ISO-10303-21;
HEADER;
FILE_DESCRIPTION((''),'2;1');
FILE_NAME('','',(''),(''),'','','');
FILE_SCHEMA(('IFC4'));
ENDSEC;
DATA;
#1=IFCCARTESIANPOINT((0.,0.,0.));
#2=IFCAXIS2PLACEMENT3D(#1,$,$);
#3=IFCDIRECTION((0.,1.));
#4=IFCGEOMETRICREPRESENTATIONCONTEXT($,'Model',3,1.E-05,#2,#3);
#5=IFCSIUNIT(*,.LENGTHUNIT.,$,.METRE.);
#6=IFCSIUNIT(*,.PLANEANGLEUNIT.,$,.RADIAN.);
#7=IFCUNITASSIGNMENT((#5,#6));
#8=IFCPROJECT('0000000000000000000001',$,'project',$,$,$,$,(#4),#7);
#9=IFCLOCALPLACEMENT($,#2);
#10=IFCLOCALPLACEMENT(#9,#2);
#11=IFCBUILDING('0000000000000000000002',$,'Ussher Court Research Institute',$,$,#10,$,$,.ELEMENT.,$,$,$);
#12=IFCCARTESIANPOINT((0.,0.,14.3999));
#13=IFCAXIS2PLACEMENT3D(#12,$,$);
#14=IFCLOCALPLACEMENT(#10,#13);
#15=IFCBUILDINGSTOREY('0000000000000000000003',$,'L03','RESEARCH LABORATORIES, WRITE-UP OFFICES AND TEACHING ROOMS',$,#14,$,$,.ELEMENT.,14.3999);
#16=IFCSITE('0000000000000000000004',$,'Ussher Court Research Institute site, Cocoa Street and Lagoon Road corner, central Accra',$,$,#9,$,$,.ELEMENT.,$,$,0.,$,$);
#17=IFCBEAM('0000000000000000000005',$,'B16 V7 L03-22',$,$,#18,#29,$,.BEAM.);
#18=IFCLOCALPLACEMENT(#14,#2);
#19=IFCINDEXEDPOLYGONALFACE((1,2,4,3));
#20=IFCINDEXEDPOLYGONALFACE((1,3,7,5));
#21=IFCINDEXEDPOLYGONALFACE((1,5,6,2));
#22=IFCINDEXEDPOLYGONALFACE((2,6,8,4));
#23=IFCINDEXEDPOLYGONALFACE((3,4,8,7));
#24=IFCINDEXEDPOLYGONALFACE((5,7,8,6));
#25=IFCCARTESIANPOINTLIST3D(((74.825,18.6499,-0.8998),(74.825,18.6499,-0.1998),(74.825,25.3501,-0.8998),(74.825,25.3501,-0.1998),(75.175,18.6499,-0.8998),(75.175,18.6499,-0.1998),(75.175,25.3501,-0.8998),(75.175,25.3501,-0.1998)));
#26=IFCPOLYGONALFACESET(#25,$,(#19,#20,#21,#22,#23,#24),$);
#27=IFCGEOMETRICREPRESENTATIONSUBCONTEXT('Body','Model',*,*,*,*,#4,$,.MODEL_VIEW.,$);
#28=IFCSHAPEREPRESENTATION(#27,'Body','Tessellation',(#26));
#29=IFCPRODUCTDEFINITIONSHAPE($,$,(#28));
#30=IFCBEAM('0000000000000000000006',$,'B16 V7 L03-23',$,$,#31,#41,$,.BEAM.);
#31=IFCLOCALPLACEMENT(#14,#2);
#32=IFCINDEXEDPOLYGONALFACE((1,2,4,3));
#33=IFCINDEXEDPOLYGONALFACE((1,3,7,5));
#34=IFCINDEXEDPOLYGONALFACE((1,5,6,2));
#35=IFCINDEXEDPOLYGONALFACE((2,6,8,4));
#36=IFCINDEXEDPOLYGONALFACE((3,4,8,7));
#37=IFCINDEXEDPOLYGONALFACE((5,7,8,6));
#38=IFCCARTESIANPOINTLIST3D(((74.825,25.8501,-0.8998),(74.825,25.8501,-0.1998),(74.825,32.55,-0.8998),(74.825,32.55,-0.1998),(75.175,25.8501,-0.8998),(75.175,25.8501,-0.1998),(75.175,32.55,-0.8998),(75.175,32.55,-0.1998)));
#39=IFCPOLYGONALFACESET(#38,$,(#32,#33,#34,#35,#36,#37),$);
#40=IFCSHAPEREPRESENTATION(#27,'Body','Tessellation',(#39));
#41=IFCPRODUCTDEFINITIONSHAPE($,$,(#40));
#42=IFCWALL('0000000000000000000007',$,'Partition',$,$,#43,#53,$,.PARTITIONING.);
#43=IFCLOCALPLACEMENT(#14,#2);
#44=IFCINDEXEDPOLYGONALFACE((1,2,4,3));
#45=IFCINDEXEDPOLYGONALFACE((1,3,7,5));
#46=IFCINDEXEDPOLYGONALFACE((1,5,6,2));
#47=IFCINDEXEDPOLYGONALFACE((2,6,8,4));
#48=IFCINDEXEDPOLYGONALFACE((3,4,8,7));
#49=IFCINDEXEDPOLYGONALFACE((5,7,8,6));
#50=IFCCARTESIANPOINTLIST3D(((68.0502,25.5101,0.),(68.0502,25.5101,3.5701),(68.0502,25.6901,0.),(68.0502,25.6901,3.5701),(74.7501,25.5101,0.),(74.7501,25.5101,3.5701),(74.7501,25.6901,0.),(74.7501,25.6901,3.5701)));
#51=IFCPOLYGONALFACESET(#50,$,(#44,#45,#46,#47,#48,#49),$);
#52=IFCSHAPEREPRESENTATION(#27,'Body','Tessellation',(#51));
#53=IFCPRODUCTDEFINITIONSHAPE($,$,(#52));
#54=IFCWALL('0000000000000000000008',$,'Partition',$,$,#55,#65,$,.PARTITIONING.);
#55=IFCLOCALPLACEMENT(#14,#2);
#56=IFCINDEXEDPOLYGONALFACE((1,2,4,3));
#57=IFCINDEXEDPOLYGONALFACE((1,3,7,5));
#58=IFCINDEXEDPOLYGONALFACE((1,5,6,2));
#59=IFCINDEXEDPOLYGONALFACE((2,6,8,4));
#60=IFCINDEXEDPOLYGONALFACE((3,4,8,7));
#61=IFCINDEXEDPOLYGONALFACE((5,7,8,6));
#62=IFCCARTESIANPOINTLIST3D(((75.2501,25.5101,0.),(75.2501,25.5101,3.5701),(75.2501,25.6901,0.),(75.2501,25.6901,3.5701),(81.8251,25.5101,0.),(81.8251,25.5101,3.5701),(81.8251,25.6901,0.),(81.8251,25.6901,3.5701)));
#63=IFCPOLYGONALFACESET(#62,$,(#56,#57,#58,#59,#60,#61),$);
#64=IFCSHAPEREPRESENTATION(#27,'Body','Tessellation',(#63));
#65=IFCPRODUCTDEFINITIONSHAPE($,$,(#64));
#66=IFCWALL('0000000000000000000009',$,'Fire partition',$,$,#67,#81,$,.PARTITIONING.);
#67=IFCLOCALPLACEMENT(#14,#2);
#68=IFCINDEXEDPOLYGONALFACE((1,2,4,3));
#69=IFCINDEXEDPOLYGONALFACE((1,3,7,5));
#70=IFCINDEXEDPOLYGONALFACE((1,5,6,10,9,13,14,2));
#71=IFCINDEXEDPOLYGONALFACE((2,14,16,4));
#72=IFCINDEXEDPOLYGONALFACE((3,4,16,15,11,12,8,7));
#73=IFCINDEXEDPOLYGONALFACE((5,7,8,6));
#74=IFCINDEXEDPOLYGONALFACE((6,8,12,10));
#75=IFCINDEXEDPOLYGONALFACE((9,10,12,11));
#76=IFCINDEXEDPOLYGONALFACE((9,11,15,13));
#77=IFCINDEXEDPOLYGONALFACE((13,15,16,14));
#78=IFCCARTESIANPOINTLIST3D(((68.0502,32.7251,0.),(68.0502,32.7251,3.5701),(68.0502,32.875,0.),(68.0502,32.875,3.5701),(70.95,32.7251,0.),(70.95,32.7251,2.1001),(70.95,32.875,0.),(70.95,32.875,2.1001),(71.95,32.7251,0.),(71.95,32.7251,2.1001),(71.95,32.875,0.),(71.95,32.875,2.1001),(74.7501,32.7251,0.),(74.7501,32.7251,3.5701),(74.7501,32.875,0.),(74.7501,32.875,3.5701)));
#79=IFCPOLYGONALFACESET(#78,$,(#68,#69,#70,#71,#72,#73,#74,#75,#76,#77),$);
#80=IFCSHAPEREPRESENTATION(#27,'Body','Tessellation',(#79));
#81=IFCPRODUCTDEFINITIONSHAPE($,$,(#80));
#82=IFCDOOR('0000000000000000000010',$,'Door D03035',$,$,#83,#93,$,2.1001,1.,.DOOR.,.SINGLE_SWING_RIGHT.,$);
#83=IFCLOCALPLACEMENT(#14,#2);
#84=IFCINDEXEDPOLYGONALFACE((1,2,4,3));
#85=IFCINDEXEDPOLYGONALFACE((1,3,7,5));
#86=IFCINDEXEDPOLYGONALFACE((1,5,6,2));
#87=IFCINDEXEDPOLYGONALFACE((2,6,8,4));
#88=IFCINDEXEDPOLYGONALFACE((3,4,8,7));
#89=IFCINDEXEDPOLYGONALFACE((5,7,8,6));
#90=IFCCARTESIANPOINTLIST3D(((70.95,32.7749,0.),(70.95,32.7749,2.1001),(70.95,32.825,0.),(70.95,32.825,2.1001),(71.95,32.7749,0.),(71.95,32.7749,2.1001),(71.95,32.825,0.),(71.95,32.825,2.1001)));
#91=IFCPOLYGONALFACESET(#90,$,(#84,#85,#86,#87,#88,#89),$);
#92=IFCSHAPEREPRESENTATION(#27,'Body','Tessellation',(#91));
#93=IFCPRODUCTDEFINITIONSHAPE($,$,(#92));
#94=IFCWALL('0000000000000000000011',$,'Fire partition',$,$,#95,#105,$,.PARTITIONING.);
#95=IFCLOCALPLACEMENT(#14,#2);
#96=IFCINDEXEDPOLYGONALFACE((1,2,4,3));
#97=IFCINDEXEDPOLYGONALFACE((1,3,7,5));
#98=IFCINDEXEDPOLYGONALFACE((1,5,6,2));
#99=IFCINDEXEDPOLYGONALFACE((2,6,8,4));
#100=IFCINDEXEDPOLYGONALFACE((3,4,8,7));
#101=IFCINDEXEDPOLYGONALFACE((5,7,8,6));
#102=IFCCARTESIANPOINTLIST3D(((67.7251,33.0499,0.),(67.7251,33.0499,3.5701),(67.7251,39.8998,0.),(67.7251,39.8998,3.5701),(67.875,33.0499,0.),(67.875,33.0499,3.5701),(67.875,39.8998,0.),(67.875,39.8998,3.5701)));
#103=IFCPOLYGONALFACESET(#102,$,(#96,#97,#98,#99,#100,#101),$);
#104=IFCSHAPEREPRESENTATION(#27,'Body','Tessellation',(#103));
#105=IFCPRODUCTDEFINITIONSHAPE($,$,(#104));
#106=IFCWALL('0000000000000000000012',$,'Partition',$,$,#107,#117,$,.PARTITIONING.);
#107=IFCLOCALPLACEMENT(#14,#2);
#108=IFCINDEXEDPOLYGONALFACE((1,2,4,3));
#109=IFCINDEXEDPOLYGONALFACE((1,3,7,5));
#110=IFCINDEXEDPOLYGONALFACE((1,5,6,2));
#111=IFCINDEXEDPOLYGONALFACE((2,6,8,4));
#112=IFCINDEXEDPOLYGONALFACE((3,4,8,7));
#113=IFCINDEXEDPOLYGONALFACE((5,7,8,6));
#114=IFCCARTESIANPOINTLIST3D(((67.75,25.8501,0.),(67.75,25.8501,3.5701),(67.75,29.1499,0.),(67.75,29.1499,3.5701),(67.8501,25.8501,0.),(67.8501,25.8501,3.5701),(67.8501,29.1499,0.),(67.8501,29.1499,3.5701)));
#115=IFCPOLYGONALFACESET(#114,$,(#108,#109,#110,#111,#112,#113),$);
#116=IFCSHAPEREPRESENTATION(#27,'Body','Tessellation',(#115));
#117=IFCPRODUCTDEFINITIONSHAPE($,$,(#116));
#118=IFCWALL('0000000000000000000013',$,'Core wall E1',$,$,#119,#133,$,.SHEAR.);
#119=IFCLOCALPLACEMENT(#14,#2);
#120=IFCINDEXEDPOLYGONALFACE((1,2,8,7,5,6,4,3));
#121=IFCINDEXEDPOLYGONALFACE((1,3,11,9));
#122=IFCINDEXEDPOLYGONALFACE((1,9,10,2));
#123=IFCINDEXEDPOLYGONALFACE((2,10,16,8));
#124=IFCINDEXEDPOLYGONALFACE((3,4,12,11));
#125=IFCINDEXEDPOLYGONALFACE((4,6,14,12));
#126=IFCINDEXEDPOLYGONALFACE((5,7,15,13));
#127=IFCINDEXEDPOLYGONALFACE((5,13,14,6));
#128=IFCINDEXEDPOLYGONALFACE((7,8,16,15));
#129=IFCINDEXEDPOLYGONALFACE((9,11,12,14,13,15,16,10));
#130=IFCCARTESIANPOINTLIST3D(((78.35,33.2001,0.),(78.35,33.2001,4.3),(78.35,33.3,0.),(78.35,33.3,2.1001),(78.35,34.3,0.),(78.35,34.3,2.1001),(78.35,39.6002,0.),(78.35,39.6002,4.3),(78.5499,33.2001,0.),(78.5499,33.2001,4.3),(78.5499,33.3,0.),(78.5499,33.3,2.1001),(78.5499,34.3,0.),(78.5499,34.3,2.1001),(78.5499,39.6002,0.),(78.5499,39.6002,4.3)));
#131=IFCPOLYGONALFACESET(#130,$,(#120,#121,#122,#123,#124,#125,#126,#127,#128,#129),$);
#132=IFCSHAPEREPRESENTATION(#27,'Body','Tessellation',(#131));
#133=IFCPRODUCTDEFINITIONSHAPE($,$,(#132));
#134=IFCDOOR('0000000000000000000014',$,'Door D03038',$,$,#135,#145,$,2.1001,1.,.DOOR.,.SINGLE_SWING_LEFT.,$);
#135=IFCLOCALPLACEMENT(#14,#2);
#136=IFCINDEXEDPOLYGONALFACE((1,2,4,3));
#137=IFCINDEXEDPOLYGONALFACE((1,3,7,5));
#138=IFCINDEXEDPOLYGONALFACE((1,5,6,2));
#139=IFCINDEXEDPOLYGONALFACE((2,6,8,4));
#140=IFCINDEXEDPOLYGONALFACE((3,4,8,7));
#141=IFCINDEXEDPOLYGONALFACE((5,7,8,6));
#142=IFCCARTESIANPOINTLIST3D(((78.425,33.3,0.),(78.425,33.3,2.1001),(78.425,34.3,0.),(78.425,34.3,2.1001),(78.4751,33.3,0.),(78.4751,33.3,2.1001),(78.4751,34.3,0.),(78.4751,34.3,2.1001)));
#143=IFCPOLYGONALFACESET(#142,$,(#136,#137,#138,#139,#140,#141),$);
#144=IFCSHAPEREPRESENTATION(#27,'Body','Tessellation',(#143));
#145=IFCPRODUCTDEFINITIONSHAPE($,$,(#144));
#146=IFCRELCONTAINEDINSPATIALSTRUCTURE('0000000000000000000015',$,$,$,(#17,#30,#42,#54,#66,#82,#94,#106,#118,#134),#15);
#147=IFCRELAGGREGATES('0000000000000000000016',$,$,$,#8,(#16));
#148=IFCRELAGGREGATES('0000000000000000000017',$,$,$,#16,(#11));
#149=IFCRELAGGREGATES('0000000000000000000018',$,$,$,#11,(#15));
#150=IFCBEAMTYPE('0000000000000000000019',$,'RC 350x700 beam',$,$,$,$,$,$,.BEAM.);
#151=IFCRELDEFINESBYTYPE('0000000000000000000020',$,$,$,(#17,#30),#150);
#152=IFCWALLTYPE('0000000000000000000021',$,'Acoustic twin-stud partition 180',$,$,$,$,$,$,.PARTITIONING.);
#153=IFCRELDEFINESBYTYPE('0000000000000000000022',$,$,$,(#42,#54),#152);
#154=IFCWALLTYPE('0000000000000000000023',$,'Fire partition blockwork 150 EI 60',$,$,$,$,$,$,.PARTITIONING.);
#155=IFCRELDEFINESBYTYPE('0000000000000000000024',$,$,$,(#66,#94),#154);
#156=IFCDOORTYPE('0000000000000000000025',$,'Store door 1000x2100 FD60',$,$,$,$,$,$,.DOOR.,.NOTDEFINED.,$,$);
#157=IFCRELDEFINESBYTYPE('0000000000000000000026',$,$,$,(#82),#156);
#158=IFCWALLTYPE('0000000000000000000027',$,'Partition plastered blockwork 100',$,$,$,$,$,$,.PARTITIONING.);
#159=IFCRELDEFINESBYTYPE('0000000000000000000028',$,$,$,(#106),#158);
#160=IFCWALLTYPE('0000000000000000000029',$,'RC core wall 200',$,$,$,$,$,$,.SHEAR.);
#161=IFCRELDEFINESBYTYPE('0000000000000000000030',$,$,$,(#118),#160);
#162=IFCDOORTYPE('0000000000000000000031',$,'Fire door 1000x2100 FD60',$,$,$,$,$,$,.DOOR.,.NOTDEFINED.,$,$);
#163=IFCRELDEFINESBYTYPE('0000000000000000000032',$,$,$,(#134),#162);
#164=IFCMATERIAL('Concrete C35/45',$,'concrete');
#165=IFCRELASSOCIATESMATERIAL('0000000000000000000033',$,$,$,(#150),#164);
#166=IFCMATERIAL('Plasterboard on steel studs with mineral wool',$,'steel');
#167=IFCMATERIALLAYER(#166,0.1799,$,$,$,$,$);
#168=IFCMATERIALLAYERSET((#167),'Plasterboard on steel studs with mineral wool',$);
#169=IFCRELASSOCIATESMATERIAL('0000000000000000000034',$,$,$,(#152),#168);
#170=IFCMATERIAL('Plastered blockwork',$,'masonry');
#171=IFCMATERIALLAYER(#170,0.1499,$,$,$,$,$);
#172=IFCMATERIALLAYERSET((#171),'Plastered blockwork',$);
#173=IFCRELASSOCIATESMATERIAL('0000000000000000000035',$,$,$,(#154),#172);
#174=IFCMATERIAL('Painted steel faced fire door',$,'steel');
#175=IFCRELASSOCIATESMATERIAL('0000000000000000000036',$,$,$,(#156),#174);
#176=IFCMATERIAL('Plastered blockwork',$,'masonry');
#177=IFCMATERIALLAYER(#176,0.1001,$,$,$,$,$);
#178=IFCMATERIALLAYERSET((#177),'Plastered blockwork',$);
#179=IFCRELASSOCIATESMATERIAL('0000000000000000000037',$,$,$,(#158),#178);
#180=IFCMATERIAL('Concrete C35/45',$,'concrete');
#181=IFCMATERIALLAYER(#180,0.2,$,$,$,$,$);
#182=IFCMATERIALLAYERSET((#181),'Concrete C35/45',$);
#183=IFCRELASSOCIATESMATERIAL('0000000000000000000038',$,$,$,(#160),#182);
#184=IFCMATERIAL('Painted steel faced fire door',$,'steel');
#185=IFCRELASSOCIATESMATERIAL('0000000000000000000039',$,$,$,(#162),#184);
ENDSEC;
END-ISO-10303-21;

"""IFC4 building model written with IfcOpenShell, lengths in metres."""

from ifc_helpers import new_model, si_unit, direction, frame, frame_2d, origin, origin_2d, place, context, subcontext, project, spatial, rectangle, extrude, material, layer, layer_set, material_profile, profile_set, type_object, element, fill, save


model = new_model("IFC4")

# Units and contexts
model_context = context("Model", 3, precision=1e-05, world=origin(), true_north=direction((0.0, 1.0)))
body_context = subcontext(model_context, "Body", "Model", "MODEL_VIEW")
ifc_project = project(units=[si_unit("LENGTHUNIT", "METRE"), si_unit("PLANEANGLEUNIT", "RADIAN")], contexts=[model_context])

# Site, building, storey
site_placement = place(None, origin())
site = spatial("IfcSite", under=ifc_project, at=site_placement, Name="Ussher Court Research Institute site, Cocoa Street and Lagoon Road corner, central Accra", CompositionType="ELEMENT", RefElevation=0.0)
building_placement = place(site_placement, origin())
building = spatial("IfcBuilding", under=site, at=building_placement, Name="Ussher Court Research Institute", CompositionType="ELEMENT")
storey_placement = place(building_placement, frame((0.0, 0.0, 14.3999)))
storey = spatial("IfcBuildingStorey", under=building, at=storey_placement, Name="L03", Description="RESEARCH LABORATORIES, WRITE-UP OFFICES AND TEACHING ROOMS", CompositionType="ELEMENT", Elevation=14.3999)

# Beams
ifc_material_1 = material(Name="Concrete C35/45", Category="concrete")
ifc_material_profile_1 = material_profile(ifc_material_1, rectangle(XDim=0.3501, YDim=0.7, at=origin_2d()), Name="RC 350x700")
ifc_profile_set_1 = profile_set([ifc_material_profile_1], Name="Concrete C35/45")
beam_type_1 = type_object("IfcBeamType", Name="RC 350x700 beam", PredefinedType="BEAM", material=ifc_profile_set_1)
beam_1_placement = place(storey_placement, frame((75.0, 18.6499, -0.5498), z_axis=(0.0, 1.0, 0.0), x_axis=(-1.0, 0.0, 0.0)))
element("IfcBeam", 1, at=beam_1_placement, inside=storey, type_object=beam_type_1, Name="B16 V7 L03-22", PredefinedType="BEAM", context=body_context, shape_type="SweptSolid", body=[
    extrude(rectangle(XDim=0.3501, YDim=0.7, at=origin_2d()), origin(), (0.0, 0.0, 1.0), 6.7002),
])
beam_2_placement = place(storey_placement, frame((75.0, 25.8501, -0.5498), z_axis=(0.0, 1.0, 0.0), x_axis=(-1.0, 0.0, 0.0)))
element("IfcBeam", 2, at=beam_2_placement, inside=storey, type_object=beam_type_1, Name="B16 V7 L03-23", PredefinedType="BEAM", context=body_context, shape_type="SweptSolid", body=[
    extrude(rectangle(XDim=0.3501, YDim=0.7, at=origin_2d()), origin(), (0.0, 0.0, 1.0), 6.7),
])

# Walls
ifc_material_2 = material(Name="Plasterboard on steel studs with mineral wool", Category="steel")
ifc_layer_1 = layer(ifc_material_2, 0.1799)
ifc_layer_set_1 = layer_set([ifc_layer_1], Name="Plasterboard on steel studs with mineral wool")
wall_type_1 = type_object("IfcWallType", Name="Acoustic twin-stud partition 180", PredefinedType="PARTITIONING", material=ifc_layer_set_1)
wall_1_placement = place(storey_placement, frame((68.05, 25.6001, 0.0), z_axis=(0.0, 0.0, 1.0), x_axis=(1.0, 0.0, 0.0)))
element("IfcWall", 3, at=wall_1_placement, inside=storey, type_object=wall_type_1, Name="Partition", PredefinedType="PARTITIONING", context=body_context, shape_type="SweptSolid", body=[
    extrude(rectangle(XDim=6.7, YDim=0.1799, at=frame_2d((3.3501, 0.0))), origin(), (0.0, 0.0, 1.0), 3.5701),
])
wall_2_placement = place(storey_placement, frame((75.25, 25.6001, 0.0), z_axis=(0.0, 0.0, 1.0), x_axis=(1.0, 0.0, 0.0)))
element("IfcWall", 4, at=wall_2_placement, inside=storey, type_object=wall_type_1, Name="Partition", PredefinedType="PARTITIONING", context=body_context, shape_type="SweptSolid", body=[
    extrude(rectangle(XDim=6.575, YDim=0.1799, at=frame_2d((3.2876, 0.0))), origin(), (0.0, 0.0, 1.0), 3.5701),
])

# Wall, opening, door
ifc_material_3 = material(Name="Plastered blockwork", Category="masonry")
ifc_layer_2 = layer(ifc_material_3, 0.1499)
ifc_layer_set_2 = layer_set([ifc_layer_2], Name="Plastered blockwork")
wall_type_2 = type_object("IfcWallType", Name="Fire partition blockwork 150 EI 60", PredefinedType="PARTITIONING", material=ifc_layer_set_2)
wall_3_placement = place(storey_placement, frame((68.05, 32.8, 0.0), z_axis=(0.0, 0.0, 1.0), x_axis=(1.0, 0.0, 0.0)))
wall_3 = element("IfcWall", 5, at=wall_3_placement, inside=storey, type_object=wall_type_2, Name="Fire partition", PredefinedType="PARTITIONING", context=body_context, shape_type="SweptSolid", body=[
    extrude(rectangle(XDim=6.7, YDim=0.1499, at=frame_2d((3.3501, 0.0))), origin(), (0.0, 0.0, 1.0), 3.5701),
])
opening_1_placement = place(wall_3_placement, frame((2.8999, 0.0, 0.0)))
opening_1 = element("IfcOpeningElement", 6, at=opening_1_placement, cuts=wall_3, PredefinedType="OPENING", context=body_context, shape_type="SweptSolid", body=[
    extrude(rectangle(XDim=1.0, YDim=2.1001, at=frame_2d((0.5, 1.05))), frame((0.0, 0.085, 0.0), z_axis=(0.0, -1.0, 0.0), x_axis=(1.0, 0.0, 0.0)), (0.0, 0.0, 1.0), 0.1699),
])
ifc_material_4 = material(Name="Painted steel faced fire door", Category="steel")
door_type_1 = type_object("IfcDoorType", Name="Store door 1000x2100 FD60", OperationType="NOTDEFINED", PredefinedType="DOOR", material=ifc_material_4)
door_1_placement = place(opening_1_placement, origin())
door_1 = element("IfcDoor", 7, at=door_1_placement, inside=storey, type_object=door_type_1, Name="Door D03035", OperationType="SINGLE_SWING_RIGHT", OverallHeight=2.1001, OverallWidth=1.0, PredefinedType="DOOR", context=body_context, shape_type="SweptSolid", body=[
    extrude(rectangle(XDim=1.0, YDim=2.1001, at=frame_2d((0.5, 1.05))), frame((0.0, 0.0249, 0.0), z_axis=(0.0, -1.0, 0.0), x_axis=(1.0, 0.0, 0.0)), (0.0, 0.0, 1.0), 0.05),
])
fill(opening_1, door_1)

# Walls
wall_4_placement = place(storey_placement, frame((67.8, 33.05, 0.0), z_axis=(0.0, 0.0, 1.0), x_axis=(0.0, 1.0, 0.0)))
element("IfcWall", 8, at=wall_4_placement, inside=storey, type_object=wall_type_2, Name="Fire partition", PredefinedType="PARTITIONING", context=body_context, shape_type="SweptSolid", body=[
    extrude(rectangle(XDim=6.8499, YDim=0.1499, at=frame_2d((3.4248, 0.0))), origin(), (0.0, 0.0, 1.0), 3.5701),
])
ifc_material_5 = material(Name="Plastered blockwork", Category="masonry")
ifc_layer_3 = layer(ifc_material_5, 0.1001)
ifc_layer_set_3 = layer_set([ifc_layer_3], Name="Plastered blockwork")
wall_type_3 = type_object("IfcWallType", Name="Partition plastered blockwork 100", PredefinedType="PARTITIONING", material=ifc_layer_set_3)
wall_5_placement = place(storey_placement, frame((67.8, 25.8501, 0.0), z_axis=(0.0, 0.0, 1.0), x_axis=(0.0, 1.0, 0.0)))
element("IfcWall", 9, at=wall_5_placement, inside=storey, type_object=wall_type_3, Name="Partition", PredefinedType="PARTITIONING", context=body_context, shape_type="SweptSolid", body=[
    extrude(rectangle(XDim=3.2998, YDim=0.1001, at=frame_2d((1.6499, 0.0))), origin(), (0.0, 0.0, 1.0), 3.5701),
])

# Wall, opening, door
ifc_material_6 = material(Name="Concrete C35/45", Category="concrete")
ifc_layer_4 = layer(ifc_material_6, 0.2)
ifc_layer_set_4 = layer_set([ifc_layer_4], Name="Concrete C35/45")
wall_type_4 = type_object("IfcWallType", Name="RC core wall 200", PredefinedType="SHEAR", material=ifc_layer_set_4)
wall_6_placement = place(storey_placement, frame((78.45, 33.2, 0.0), z_axis=(0.0, 0.0, 1.0), x_axis=(0.0, 1.0, 0.0)))
wall_6 = element("IfcWall", 10, at=wall_6_placement, inside=storey, type_object=wall_type_4, Name="Core wall E1", PredefinedType="SHEAR", context=body_context, shape_type="SweptSolid", body=[
    extrude(rectangle(XDim=6.4001, YDim=0.2, at=frame_2d((3.2002, 0.0))), origin(), (0.0, 0.0, 1.0), 4.3),
])
opening_2_placement = place(wall_6_placement, frame((0.1001, 0.0, 0.0)))
opening_2 = element("IfcOpeningElement", 11, at=opening_2_placement, cuts=wall_6, PredefinedType="OPENING", context=body_context, shape_type="SweptSolid", body=[
    extrude(rectangle(XDim=1.0, YDim=2.1001, at=frame_2d((0.5, 1.05))), frame((0.0, 0.1099, 0.0), z_axis=(0.0, -1.0, 0.0), x_axis=(1.0, 0.0, 0.0)), (0.0, 0.0, 1.0), 0.22),
])
ifc_material_7 = material(Name="Painted steel faced fire door", Category="steel")
door_type_2 = type_object("IfcDoorType", Name="Fire door 1000x2100 FD60", OperationType="NOTDEFINED", PredefinedType="DOOR", material=ifc_material_7)
door_2_placement = place(opening_2_placement, origin())
door_2 = element("IfcDoor", 12, at=door_2_placement, inside=storey, type_object=door_type_2, Name="Door D03038", OperationType="SINGLE_SWING_LEFT", OverallHeight=2.1001, OverallWidth=1.0, PredefinedType="DOOR", context=body_context, shape_type="SweptSolid", body=[
    extrude(rectangle(XDim=1.0, YDim=2.1001, at=frame_2d((0.5, 1.05))), frame((0.0, 0.0249, 0.0), z_axis=(0.0, -1.0, 0.0), x_axis=(1.0, 0.0, 0.0)), (0.0, 0.0, 1.0), 0.05),
])
fill(opening_2, door_2)

save(model, "model.ifc")
